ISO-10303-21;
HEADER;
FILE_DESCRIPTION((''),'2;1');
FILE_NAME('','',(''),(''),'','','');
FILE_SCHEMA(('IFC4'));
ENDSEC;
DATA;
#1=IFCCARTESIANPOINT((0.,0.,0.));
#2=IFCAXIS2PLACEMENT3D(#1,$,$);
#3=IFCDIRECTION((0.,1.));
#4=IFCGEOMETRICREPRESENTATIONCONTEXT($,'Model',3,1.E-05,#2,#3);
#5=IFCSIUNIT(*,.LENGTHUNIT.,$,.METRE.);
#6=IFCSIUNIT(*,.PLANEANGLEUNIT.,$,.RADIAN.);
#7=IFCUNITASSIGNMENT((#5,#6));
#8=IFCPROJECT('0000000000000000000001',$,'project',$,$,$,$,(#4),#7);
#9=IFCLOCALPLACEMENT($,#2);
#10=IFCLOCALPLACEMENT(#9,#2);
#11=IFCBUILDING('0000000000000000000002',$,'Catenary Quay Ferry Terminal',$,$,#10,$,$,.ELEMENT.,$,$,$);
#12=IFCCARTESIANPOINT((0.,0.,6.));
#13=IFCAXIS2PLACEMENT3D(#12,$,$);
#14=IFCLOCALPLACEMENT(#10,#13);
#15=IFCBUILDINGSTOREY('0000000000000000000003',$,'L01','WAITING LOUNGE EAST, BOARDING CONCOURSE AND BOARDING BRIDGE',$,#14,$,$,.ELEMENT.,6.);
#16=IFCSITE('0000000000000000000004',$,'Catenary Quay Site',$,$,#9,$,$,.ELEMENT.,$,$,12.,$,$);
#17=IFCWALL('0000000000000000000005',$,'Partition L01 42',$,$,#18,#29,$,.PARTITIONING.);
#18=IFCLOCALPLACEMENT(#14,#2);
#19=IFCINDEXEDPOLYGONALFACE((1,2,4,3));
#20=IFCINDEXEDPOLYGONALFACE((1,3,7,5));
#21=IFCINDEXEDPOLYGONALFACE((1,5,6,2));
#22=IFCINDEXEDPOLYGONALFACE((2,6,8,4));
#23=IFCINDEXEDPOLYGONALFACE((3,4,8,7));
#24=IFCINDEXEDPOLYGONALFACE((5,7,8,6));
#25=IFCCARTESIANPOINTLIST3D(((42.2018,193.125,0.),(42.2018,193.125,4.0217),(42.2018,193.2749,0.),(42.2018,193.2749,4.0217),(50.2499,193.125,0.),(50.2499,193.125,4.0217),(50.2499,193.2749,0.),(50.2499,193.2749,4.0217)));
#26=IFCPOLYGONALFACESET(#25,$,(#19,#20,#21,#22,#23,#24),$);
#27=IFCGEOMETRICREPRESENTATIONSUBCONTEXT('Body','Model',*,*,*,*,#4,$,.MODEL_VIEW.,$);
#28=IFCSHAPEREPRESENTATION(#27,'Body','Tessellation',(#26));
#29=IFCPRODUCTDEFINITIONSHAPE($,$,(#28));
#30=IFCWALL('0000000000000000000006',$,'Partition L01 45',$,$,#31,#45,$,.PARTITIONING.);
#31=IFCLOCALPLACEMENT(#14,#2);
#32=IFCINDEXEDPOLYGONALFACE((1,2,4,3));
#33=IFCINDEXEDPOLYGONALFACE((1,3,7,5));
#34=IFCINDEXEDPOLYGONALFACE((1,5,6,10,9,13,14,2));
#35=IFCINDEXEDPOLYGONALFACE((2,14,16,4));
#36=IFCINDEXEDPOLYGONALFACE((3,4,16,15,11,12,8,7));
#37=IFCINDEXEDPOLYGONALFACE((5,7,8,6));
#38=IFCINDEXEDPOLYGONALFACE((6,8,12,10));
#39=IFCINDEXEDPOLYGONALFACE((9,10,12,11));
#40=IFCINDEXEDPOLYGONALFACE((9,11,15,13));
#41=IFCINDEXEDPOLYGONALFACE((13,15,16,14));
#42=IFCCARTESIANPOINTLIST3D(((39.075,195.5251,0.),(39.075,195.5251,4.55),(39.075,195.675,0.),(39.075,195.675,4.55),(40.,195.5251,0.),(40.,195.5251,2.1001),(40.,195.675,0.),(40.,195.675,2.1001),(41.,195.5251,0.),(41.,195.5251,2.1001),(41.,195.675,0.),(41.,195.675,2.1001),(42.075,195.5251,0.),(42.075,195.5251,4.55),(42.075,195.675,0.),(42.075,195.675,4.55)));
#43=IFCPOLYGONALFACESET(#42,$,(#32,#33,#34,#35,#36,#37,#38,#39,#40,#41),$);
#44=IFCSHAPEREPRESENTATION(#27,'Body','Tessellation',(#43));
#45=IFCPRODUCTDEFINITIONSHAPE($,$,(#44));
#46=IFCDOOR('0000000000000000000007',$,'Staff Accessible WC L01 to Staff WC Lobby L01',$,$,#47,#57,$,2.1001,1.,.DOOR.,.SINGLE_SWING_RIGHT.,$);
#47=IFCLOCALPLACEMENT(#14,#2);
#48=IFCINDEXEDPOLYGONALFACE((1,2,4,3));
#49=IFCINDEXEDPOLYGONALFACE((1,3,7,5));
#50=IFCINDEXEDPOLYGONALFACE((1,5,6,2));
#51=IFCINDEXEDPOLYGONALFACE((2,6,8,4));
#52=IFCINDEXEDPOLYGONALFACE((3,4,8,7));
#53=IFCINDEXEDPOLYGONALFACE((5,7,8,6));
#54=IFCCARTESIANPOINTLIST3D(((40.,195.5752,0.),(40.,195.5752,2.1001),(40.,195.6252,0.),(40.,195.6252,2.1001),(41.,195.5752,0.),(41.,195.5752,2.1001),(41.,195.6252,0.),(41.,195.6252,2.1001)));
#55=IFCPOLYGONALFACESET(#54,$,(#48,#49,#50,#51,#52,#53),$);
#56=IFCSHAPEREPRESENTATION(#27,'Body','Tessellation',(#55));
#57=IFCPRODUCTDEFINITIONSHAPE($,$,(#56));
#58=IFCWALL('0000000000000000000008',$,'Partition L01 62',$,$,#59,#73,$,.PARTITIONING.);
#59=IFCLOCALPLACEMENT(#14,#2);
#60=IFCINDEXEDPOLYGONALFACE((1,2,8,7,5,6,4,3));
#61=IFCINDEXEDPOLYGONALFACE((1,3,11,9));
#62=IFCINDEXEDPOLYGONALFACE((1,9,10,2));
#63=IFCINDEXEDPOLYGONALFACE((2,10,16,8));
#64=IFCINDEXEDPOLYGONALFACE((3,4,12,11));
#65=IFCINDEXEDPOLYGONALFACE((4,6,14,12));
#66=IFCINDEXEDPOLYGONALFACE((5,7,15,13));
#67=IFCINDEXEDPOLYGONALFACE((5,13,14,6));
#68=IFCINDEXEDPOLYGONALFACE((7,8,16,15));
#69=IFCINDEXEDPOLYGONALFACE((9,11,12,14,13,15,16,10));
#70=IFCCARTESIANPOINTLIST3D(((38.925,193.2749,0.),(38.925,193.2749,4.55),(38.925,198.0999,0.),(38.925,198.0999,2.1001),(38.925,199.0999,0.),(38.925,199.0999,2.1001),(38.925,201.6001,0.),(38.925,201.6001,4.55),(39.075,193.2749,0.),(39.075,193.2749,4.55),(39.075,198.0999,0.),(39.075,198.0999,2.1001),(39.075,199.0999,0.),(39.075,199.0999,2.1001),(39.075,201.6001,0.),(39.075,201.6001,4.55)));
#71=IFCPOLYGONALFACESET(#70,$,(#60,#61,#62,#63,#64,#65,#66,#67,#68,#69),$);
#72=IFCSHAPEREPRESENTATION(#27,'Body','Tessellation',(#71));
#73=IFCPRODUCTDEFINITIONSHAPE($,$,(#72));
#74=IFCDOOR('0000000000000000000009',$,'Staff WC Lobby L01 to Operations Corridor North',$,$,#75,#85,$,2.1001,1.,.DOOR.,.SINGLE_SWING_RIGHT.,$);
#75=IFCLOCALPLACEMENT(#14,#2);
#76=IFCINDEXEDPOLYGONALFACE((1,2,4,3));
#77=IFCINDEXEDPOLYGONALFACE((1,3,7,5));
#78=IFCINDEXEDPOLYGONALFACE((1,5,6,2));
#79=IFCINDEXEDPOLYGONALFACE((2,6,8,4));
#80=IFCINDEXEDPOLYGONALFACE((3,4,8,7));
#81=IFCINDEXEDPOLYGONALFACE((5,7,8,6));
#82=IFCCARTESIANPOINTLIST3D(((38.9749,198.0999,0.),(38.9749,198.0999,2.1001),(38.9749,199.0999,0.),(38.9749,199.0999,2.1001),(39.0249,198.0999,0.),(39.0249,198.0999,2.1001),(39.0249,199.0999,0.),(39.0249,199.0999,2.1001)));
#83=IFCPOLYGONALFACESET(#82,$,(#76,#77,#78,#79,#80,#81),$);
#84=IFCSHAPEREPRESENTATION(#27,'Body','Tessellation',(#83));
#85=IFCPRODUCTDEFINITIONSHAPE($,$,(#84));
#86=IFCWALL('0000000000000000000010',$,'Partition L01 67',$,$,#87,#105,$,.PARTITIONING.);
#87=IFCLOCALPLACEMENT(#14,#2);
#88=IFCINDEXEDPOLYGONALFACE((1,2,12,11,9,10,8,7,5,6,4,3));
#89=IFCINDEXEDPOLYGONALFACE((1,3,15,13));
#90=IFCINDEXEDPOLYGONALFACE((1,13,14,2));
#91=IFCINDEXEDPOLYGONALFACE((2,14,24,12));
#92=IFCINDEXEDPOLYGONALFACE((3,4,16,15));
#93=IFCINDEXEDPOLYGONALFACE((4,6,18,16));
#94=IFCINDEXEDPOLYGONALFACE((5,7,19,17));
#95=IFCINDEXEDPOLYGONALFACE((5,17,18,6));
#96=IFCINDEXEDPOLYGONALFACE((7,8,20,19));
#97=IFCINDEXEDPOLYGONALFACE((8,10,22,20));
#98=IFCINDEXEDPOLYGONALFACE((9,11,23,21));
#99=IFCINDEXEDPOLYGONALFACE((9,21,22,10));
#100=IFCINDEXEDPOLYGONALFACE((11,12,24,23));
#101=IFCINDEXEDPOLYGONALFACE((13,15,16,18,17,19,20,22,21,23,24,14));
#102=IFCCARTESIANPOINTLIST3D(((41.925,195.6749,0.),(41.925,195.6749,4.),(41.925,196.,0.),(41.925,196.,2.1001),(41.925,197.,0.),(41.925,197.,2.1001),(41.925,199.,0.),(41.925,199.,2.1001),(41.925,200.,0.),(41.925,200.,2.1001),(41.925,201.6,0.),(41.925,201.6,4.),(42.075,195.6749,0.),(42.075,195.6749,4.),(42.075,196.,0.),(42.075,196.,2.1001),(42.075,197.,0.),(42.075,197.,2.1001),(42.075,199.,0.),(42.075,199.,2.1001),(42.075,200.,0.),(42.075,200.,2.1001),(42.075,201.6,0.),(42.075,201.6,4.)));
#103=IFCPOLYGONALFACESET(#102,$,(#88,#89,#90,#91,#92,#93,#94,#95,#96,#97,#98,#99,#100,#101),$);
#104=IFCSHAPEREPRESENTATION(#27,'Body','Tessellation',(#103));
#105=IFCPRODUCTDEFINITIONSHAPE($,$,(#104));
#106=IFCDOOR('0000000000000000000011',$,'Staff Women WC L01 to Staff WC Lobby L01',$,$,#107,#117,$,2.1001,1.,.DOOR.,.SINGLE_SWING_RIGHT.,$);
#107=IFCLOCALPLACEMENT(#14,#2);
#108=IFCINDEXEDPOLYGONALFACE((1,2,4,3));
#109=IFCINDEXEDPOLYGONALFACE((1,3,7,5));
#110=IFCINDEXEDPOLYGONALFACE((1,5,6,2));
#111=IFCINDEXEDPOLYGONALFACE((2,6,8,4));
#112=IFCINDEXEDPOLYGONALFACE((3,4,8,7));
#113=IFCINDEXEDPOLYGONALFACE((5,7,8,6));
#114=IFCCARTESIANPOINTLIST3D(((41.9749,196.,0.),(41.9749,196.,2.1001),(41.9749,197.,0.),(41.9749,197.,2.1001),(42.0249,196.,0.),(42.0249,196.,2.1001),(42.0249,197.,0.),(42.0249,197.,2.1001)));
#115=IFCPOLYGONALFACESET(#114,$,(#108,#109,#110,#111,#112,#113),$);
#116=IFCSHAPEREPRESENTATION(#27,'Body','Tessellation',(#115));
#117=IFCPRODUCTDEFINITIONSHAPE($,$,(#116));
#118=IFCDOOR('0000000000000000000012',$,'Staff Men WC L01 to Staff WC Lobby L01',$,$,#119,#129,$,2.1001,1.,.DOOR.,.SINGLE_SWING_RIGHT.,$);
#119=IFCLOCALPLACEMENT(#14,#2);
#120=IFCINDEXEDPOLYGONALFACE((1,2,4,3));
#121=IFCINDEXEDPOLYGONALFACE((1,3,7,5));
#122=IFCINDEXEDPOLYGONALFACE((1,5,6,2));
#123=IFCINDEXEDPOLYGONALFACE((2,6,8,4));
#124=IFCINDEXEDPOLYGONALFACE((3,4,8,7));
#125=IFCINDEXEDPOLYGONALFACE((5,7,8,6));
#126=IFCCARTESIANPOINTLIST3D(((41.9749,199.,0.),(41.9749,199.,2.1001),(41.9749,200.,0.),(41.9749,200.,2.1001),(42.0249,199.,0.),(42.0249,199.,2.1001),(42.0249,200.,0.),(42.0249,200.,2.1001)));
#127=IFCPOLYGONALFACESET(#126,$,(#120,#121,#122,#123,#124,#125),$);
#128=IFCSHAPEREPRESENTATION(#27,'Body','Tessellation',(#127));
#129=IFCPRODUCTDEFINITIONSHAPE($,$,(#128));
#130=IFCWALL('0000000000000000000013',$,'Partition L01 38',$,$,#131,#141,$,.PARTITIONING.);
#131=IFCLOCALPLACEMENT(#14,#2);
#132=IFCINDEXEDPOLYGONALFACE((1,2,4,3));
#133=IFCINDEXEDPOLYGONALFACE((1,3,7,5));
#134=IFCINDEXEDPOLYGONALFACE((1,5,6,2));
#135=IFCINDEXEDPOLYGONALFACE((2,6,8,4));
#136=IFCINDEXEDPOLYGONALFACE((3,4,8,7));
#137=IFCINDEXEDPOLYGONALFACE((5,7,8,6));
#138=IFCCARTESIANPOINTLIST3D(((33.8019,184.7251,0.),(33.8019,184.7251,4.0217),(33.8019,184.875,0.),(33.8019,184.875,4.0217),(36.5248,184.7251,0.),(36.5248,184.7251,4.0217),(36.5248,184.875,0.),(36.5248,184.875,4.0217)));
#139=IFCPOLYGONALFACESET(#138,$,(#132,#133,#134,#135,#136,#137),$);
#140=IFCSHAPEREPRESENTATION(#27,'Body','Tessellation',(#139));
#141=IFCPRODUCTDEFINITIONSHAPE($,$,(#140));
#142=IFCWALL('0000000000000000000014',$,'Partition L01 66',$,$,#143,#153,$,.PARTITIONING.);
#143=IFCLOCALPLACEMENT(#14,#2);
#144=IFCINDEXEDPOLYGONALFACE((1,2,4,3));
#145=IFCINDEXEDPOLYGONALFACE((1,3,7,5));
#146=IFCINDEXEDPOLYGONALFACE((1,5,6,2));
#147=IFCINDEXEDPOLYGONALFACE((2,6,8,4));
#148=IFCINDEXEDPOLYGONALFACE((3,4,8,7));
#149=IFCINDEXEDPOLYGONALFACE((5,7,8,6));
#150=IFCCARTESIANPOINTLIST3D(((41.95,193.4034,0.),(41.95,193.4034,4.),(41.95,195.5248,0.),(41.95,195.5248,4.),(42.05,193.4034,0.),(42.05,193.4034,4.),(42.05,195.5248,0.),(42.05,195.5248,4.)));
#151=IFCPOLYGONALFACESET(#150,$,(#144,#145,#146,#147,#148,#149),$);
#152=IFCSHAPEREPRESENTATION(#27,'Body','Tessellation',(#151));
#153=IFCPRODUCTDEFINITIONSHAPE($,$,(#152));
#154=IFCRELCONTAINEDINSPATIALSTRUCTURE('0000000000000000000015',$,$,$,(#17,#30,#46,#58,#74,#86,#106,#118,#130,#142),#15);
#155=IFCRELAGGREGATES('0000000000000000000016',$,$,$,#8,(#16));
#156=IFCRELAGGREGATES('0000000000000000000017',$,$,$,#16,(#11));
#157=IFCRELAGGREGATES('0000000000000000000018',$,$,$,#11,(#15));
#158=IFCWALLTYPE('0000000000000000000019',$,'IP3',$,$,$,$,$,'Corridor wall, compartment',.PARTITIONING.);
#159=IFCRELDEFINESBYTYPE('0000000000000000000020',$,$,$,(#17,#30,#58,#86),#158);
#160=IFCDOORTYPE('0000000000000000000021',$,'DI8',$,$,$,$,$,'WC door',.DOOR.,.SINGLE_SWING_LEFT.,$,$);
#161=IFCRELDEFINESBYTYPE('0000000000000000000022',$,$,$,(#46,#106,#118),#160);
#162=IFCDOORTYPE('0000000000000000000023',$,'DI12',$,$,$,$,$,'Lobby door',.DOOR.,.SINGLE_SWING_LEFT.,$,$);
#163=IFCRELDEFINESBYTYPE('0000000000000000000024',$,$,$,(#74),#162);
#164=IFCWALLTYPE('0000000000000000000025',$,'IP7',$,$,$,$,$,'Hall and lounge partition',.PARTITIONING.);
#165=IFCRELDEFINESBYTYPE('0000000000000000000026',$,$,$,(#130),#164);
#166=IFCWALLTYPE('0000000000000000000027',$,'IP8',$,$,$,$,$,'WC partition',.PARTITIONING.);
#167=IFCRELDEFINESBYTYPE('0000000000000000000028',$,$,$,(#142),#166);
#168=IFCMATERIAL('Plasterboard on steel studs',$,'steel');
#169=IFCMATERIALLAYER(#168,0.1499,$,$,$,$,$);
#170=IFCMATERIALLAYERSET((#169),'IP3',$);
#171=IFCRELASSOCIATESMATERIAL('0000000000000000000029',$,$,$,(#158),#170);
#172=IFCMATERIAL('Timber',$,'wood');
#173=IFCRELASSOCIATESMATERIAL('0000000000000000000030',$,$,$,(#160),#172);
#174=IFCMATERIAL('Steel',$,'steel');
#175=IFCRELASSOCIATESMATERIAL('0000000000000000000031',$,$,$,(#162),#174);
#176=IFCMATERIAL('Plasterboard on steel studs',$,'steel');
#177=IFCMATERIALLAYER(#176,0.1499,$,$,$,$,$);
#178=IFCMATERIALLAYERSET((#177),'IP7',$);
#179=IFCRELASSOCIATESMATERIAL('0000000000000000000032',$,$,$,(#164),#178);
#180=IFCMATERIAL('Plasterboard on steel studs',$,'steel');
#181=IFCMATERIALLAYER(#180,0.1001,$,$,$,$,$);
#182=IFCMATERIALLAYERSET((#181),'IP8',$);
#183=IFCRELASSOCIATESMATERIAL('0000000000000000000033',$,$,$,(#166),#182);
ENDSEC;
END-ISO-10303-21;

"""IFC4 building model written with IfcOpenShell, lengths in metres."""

from ifc_helpers import new_model, si_unit, direction, frame, frame_2d, origin, place, context, subcontext, project, spatial, rectangle, extrude, material, layer, layer_set, type_object, element, fill, save


model = new_model("IFC4")

# Units and contexts
model_context = context("Model", 3, precision=1e-05, world=origin(), true_north=direction((0.0, 1.0)))
body_context = subcontext(model_context, "Body", "Model", "MODEL_VIEW")
ifc_project = project(units=[si_unit("LENGTHUNIT", "METRE"), si_unit("PLANEANGLEUNIT", "RADIAN")], contexts=[model_context])

# Site, building, storey
site_placement = place(None, origin())
site = spatial("IfcSite", under=ifc_project, at=site_placement, Name="Catenary Quay Site", CompositionType="ELEMENT", RefElevation=12.0)
building_placement = place(site_placement, origin())
building = spatial("IfcBuilding", under=site, at=building_placement, Name="Catenary Quay Ferry Terminal", CompositionType="ELEMENT")
storey_placement = place(building_placement, frame((0.0, 0.0, 6.0)))
storey = spatial("IfcBuildingStorey", under=building, at=storey_placement, Name="L01", Description="WAITING LOUNGE EAST, BOARDING CONCOURSE AND BOARDING BRIDGE", CompositionType="ELEMENT", Elevation=6.0)

# Wall
ifc_material_1 = material(Name="Plasterboard on steel studs", Category="steel")
ifc_layer_1 = layer(ifc_material_1, 0.1499)
ifc_layer_set_1 = layer_set([ifc_layer_1], Name="IP3")
wall_type_1 = type_object("IfcWallType", Name="IP3", ElementType="Corridor wall, compartment", PredefinedType="PARTITIONING", material=ifc_layer_set_1)
wall_1_placement = place(storey_placement, frame((42.2019, 193.2, 0.0), z_axis=(0.0, 0.0, 1.0), x_axis=(1.0, 0.0, 0.0)))
element("IfcWall", 1, at=wall_1_placement, inside=storey, type_object=wall_type_1, Name="Partition L01 42", PredefinedType="PARTITIONING", context=body_context, shape_type="SweptSolid", body=[
    extrude(rectangle(XDim=8.0481, YDim=0.1499, at=frame_2d((4.0239, 0.0))), origin(), (0.0, 0.0, 1.0), 4.0217),
])

# Walls, openings, doors
wall_2_placement = place(storey_placement, frame((39.075, 195.6001, 0.0), z_axis=(0.0, 0.0, 1.0), x_axis=(1.0, 0.0, 0.0)))
wall_2 = element("IfcWall", 2, at=wall_2_placement, inside=storey, type_object=wall_type_1, Name="Partition L01 45", PredefinedType="PARTITIONING", context=body_context, shape_type="SweptSolid", body=[
    extrude(rectangle(XDim=3.0, YDim=0.1499, at=frame_2d((1.5, 0.0))), origin(), (0.0, 0.0, 1.0), 4.55),
])
opening_1_placement = place(wall_2_placement, frame((0.925, 0.0, 0.0)))
opening_1 = element("IfcOpeningElement", 3, at=opening_1_placement, cuts=wall_2, PredefinedType="OPENING", context=body_context, shape_type="SweptSolid", body=[
    extrude(rectangle(XDim=1.0, YDim=2.1001, at=frame_2d((0.5, 1.05))), frame((0.0, 0.085, 0.0), z_axis=(0.0, -1.0, 0.0), x_axis=(1.0, 0.0, 0.0)), (0.0, 0.0, 1.0), 0.1699),
])
ifc_material_2 = material(Name="Timber", Category="wood")
door_type_1 = type_object("IfcDoorType", Name="DI8", ElementType="WC door", OperationType="SINGLE_SWING_LEFT", PredefinedType="DOOR", material=ifc_material_2)
door_1_placement = place(opening_1_placement, frame((1.0, 0.0, 0.0), z_axis=(0.0, 0.0, 1.0), x_axis=(-1.0, 0.0, 0.0)))
door_1 = element("IfcDoor", 4, at=door_1_placement, inside=storey, type_object=door_type_1, Name="Staff Accessible WC L01 to Staff WC Lobby L01", OperationType="SINGLE_SWING_RIGHT", OverallHeight=2.1001, OverallWidth=1.0, PredefinedType="DOOR", context=body_context, shape_type="SweptSolid", body=[
    extrude(rectangle(XDim=1.0, YDim=2.1001, at=frame_2d((0.5, 1.05))), frame((0.0, 0.0249, 0.0), z_axis=(0.0, -1.0, 0.0), x_axis=(1.0, 0.0, 0.0)), (0.0, 0.0, 1.0), 0.05),
])
fill(opening_1, door_1)
wall_3_placement = place(storey_placement, frame((39.0, 193.2749, 0.0), z_axis=(0.0, 0.0, 1.0), x_axis=(0.0, 1.0, 0.0)))
wall_3 = element("IfcWall", 5, at=wall_3_placement, inside=storey, type_object=wall_type_1, Name="Partition L01 62", PredefinedType="PARTITIONING", context=body_context, shape_type="SweptSolid", body=[
    extrude(rectangle(XDim=8.3252, YDim=0.1499, at=frame_2d((4.1626, 0.0))), origin(), (0.0, 0.0, 1.0), 4.55),
])
opening_2_placement = place(wall_3_placement, frame((4.825, 0.0, 0.0)))
opening_2 = element("IfcOpeningElement", 6, at=opening_2_placement, cuts=wall_3, PredefinedType="OPENING", context=body_context, shape_type="SweptSolid", body=[
    extrude(rectangle(XDim=1.0, YDim=2.1001, at=frame_2d((0.5, 1.05))), frame((0.0, 0.085, 0.0), z_axis=(0.0, -1.0, 0.0), x_axis=(1.0, 0.0, 0.0)), (0.0, 0.0, 1.0), 0.1699),
])
ifc_material_3 = material(Name="Steel", Category="steel")
door_type_2 = type_object("IfcDoorType", Name="DI12", ElementType="Lobby door", OperationType="SINGLE_SWING_LEFT", PredefinedType="DOOR", material=ifc_material_3)
door_2_placement = place(opening_2_placement, frame((1.0, 0.0, 0.0), z_axis=(0.0, 0.0, 1.0), x_axis=(-1.0, 0.0, 0.0)))
door_2 = element("IfcDoor", 7, at=door_2_placement, inside=storey, type_object=door_type_2, Name="Staff WC Lobby L01 to Operations Corridor North", OperationType="SINGLE_SWING_RIGHT", OverallHeight=2.1001, OverallWidth=1.0, PredefinedType="DOOR", context=body_context, shape_type="SweptSolid", body=[
    extrude(rectangle(XDim=1.0, YDim=2.1001, at=frame_2d((0.5, 1.05))), frame((0.0, 0.0249, 0.0), z_axis=(0.0, -1.0, 0.0), x_axis=(1.0, 0.0, 0.0)), (0.0, 0.0, 1.0), 0.05),
])
fill(opening_2, door_2)

# Wall, openings, doors
wall_4_placement = place(storey_placement, frame((42.0, 195.675, 0.0), z_axis=(0.0, 0.0, 1.0), x_axis=(0.0, 1.0, 0.0)))
wall_4 = element("IfcWall", 8, at=wall_4_placement, inside=storey, type_object=wall_type_1, Name="Partition L01 67", PredefinedType="PARTITIONING", context=body_context, shape_type="SweptSolid", body=[
    extrude(rectangle(XDim=5.925, YDim=0.1499, at=frame_2d((2.9624, 0.0))), origin(), (0.0, 0.0, 1.0), 4.0),
])
opening_3_placement = place(wall_4_placement, frame((0.325, 0.0, 0.0)))
opening_3 = element("IfcOpeningElement", 9, at=opening_3_placement, cuts=wall_4, PredefinedType="OPENING", context=body_context, shape_type="SweptSolid", body=[
    extrude(rectangle(XDim=1.0, YDim=2.1001, at=frame_2d((0.5, 1.05))), frame((0.0, 0.085, 0.0), z_axis=(0.0, -1.0, 0.0), x_axis=(1.0, 0.0, 0.0)), (0.0, 0.0, 1.0), 0.1699),
])
opening_4_placement = place(wall_4_placement, frame((3.325, 0.0, 0.0)))
opening_4 = element("IfcOpeningElement", 10, at=opening_4_placement, cuts=wall_4, PredefinedType="OPENING", context=body_context, shape_type="SweptSolid", body=[
    extrude(rectangle(XDim=1.0, YDim=2.1001, at=frame_2d((0.5, 1.05))), frame((0.0, 0.085, 0.0), z_axis=(0.0, -1.0, 0.0), x_axis=(1.0, 0.0, 0.0)), (0.0, 0.0, 1.0), 0.1699),
])
door_3_placement = place(opening_3_placement, frame((1.0, 0.0, 0.0), z_axis=(0.0, 0.0, 1.0), x_axis=(-1.0, 0.0, 0.0)))
door_3 = element("IfcDoor", 11, at=door_3_placement, inside=storey, type_object=door_type_1, Name="Staff Women WC L01 to Staff WC Lobby L01", OperationType="SINGLE_SWING_RIGHT", OverallHeight=2.1001, OverallWidth=1.0, PredefinedType="DOOR", context=body_context, shape_type="SweptSolid", body=[
    extrude(rectangle(XDim=1.0, YDim=2.1001, at=frame_2d((0.5, 1.05))), frame((0.0, 0.0249, 0.0), z_axis=(0.0, -1.0, 0.0), x_axis=(1.0, 0.0, 0.0)), (0.0, 0.0, 1.0), 0.05),
])
fill(opening_3, door_3)
door_4_placement = place(opening_4_placement, frame((1.0, 0.0, 0.0), z_axis=(0.0, 0.0, 1.0), x_axis=(-1.0, 0.0, 0.0)))
door_4 = element("IfcDoor", 12, at=door_4_placement, inside=storey, type_object=door_type_1, Name="Staff Men WC L01 to Staff WC Lobby L01", OperationType="SINGLE_SWING_RIGHT", OverallHeight=2.1001, OverallWidth=1.0, PredefinedType="DOOR", context=body_context, shape_type="SweptSolid", body=[
    extrude(rectangle(XDim=1.0, YDim=2.1001, at=frame_2d((0.5, 1.05))), frame((0.0, 0.0249, 0.0), z_axis=(0.0, -1.0, 0.0), x_axis=(1.0, 0.0, 0.0)), (0.0, 0.0, 1.0), 0.05),
])
fill(opening_4, door_4)

# Walls
ifc_material_4 = material(Name="Plasterboard on steel studs", Category="steel")
ifc_layer_2 = layer(ifc_material_4, 0.1499)
ifc_layer_set_2 = layer_set([ifc_layer_2], Name="IP7")
wall_type_2 = type_object("IfcWallType", Name="IP7", ElementType="Hall and lounge partition", PredefinedType="PARTITIONING", material=ifc_layer_set_2)
wall_5_placement = place(storey_placement, frame((33.802, 184.8, 0.0), z_axis=(0.0, 0.0, 1.0), x_axis=(1.0, 0.0, 0.0)))
element("IfcWall", 13, at=wall_5_placement, inside=storey, type_object=wall_type_2, Name="Partition L01 38", PredefinedType="PARTITIONING", context=body_context, shape_type="SweptSolid", body=[
    extrude(rectangle(XDim=2.7229, YDim=0.1499, at=frame_2d((1.3613, 0.0))), origin(), (0.0, 0.0, 1.0), 4.0217),
])
ifc_material_5 = material(Name="Plasterboard on steel studs", Category="steel")
ifc_layer_3 = layer(ifc_material_5, 0.1001)
ifc_layer_set_3 = layer_set([ifc_layer_3], Name="IP8")
wall_type_3 = type_object("IfcWallType", Name="IP8", ElementType="WC partition", PredefinedType="PARTITIONING", material=ifc_layer_set_3)
wall_6_placement = place(storey_placement, frame((42.0, 193.4036, 0.0), z_axis=(0.0, 0.0, 1.0), x_axis=(0.0, 1.0, 0.0)))
element("IfcWall", 14, at=wall_6_placement, inside=storey, type_object=wall_type_3, Name="Partition L01 66", PredefinedType="PARTITIONING", context=body_context, shape_type="SweptSolid", body=[
    extrude(rectangle(XDim=2.1213, YDim=0.1001, at=frame_2d((1.0605, 0.0))), origin(), (0.0, 0.0, 1.0), 4.0),
])

save(model, "model.ifc")
